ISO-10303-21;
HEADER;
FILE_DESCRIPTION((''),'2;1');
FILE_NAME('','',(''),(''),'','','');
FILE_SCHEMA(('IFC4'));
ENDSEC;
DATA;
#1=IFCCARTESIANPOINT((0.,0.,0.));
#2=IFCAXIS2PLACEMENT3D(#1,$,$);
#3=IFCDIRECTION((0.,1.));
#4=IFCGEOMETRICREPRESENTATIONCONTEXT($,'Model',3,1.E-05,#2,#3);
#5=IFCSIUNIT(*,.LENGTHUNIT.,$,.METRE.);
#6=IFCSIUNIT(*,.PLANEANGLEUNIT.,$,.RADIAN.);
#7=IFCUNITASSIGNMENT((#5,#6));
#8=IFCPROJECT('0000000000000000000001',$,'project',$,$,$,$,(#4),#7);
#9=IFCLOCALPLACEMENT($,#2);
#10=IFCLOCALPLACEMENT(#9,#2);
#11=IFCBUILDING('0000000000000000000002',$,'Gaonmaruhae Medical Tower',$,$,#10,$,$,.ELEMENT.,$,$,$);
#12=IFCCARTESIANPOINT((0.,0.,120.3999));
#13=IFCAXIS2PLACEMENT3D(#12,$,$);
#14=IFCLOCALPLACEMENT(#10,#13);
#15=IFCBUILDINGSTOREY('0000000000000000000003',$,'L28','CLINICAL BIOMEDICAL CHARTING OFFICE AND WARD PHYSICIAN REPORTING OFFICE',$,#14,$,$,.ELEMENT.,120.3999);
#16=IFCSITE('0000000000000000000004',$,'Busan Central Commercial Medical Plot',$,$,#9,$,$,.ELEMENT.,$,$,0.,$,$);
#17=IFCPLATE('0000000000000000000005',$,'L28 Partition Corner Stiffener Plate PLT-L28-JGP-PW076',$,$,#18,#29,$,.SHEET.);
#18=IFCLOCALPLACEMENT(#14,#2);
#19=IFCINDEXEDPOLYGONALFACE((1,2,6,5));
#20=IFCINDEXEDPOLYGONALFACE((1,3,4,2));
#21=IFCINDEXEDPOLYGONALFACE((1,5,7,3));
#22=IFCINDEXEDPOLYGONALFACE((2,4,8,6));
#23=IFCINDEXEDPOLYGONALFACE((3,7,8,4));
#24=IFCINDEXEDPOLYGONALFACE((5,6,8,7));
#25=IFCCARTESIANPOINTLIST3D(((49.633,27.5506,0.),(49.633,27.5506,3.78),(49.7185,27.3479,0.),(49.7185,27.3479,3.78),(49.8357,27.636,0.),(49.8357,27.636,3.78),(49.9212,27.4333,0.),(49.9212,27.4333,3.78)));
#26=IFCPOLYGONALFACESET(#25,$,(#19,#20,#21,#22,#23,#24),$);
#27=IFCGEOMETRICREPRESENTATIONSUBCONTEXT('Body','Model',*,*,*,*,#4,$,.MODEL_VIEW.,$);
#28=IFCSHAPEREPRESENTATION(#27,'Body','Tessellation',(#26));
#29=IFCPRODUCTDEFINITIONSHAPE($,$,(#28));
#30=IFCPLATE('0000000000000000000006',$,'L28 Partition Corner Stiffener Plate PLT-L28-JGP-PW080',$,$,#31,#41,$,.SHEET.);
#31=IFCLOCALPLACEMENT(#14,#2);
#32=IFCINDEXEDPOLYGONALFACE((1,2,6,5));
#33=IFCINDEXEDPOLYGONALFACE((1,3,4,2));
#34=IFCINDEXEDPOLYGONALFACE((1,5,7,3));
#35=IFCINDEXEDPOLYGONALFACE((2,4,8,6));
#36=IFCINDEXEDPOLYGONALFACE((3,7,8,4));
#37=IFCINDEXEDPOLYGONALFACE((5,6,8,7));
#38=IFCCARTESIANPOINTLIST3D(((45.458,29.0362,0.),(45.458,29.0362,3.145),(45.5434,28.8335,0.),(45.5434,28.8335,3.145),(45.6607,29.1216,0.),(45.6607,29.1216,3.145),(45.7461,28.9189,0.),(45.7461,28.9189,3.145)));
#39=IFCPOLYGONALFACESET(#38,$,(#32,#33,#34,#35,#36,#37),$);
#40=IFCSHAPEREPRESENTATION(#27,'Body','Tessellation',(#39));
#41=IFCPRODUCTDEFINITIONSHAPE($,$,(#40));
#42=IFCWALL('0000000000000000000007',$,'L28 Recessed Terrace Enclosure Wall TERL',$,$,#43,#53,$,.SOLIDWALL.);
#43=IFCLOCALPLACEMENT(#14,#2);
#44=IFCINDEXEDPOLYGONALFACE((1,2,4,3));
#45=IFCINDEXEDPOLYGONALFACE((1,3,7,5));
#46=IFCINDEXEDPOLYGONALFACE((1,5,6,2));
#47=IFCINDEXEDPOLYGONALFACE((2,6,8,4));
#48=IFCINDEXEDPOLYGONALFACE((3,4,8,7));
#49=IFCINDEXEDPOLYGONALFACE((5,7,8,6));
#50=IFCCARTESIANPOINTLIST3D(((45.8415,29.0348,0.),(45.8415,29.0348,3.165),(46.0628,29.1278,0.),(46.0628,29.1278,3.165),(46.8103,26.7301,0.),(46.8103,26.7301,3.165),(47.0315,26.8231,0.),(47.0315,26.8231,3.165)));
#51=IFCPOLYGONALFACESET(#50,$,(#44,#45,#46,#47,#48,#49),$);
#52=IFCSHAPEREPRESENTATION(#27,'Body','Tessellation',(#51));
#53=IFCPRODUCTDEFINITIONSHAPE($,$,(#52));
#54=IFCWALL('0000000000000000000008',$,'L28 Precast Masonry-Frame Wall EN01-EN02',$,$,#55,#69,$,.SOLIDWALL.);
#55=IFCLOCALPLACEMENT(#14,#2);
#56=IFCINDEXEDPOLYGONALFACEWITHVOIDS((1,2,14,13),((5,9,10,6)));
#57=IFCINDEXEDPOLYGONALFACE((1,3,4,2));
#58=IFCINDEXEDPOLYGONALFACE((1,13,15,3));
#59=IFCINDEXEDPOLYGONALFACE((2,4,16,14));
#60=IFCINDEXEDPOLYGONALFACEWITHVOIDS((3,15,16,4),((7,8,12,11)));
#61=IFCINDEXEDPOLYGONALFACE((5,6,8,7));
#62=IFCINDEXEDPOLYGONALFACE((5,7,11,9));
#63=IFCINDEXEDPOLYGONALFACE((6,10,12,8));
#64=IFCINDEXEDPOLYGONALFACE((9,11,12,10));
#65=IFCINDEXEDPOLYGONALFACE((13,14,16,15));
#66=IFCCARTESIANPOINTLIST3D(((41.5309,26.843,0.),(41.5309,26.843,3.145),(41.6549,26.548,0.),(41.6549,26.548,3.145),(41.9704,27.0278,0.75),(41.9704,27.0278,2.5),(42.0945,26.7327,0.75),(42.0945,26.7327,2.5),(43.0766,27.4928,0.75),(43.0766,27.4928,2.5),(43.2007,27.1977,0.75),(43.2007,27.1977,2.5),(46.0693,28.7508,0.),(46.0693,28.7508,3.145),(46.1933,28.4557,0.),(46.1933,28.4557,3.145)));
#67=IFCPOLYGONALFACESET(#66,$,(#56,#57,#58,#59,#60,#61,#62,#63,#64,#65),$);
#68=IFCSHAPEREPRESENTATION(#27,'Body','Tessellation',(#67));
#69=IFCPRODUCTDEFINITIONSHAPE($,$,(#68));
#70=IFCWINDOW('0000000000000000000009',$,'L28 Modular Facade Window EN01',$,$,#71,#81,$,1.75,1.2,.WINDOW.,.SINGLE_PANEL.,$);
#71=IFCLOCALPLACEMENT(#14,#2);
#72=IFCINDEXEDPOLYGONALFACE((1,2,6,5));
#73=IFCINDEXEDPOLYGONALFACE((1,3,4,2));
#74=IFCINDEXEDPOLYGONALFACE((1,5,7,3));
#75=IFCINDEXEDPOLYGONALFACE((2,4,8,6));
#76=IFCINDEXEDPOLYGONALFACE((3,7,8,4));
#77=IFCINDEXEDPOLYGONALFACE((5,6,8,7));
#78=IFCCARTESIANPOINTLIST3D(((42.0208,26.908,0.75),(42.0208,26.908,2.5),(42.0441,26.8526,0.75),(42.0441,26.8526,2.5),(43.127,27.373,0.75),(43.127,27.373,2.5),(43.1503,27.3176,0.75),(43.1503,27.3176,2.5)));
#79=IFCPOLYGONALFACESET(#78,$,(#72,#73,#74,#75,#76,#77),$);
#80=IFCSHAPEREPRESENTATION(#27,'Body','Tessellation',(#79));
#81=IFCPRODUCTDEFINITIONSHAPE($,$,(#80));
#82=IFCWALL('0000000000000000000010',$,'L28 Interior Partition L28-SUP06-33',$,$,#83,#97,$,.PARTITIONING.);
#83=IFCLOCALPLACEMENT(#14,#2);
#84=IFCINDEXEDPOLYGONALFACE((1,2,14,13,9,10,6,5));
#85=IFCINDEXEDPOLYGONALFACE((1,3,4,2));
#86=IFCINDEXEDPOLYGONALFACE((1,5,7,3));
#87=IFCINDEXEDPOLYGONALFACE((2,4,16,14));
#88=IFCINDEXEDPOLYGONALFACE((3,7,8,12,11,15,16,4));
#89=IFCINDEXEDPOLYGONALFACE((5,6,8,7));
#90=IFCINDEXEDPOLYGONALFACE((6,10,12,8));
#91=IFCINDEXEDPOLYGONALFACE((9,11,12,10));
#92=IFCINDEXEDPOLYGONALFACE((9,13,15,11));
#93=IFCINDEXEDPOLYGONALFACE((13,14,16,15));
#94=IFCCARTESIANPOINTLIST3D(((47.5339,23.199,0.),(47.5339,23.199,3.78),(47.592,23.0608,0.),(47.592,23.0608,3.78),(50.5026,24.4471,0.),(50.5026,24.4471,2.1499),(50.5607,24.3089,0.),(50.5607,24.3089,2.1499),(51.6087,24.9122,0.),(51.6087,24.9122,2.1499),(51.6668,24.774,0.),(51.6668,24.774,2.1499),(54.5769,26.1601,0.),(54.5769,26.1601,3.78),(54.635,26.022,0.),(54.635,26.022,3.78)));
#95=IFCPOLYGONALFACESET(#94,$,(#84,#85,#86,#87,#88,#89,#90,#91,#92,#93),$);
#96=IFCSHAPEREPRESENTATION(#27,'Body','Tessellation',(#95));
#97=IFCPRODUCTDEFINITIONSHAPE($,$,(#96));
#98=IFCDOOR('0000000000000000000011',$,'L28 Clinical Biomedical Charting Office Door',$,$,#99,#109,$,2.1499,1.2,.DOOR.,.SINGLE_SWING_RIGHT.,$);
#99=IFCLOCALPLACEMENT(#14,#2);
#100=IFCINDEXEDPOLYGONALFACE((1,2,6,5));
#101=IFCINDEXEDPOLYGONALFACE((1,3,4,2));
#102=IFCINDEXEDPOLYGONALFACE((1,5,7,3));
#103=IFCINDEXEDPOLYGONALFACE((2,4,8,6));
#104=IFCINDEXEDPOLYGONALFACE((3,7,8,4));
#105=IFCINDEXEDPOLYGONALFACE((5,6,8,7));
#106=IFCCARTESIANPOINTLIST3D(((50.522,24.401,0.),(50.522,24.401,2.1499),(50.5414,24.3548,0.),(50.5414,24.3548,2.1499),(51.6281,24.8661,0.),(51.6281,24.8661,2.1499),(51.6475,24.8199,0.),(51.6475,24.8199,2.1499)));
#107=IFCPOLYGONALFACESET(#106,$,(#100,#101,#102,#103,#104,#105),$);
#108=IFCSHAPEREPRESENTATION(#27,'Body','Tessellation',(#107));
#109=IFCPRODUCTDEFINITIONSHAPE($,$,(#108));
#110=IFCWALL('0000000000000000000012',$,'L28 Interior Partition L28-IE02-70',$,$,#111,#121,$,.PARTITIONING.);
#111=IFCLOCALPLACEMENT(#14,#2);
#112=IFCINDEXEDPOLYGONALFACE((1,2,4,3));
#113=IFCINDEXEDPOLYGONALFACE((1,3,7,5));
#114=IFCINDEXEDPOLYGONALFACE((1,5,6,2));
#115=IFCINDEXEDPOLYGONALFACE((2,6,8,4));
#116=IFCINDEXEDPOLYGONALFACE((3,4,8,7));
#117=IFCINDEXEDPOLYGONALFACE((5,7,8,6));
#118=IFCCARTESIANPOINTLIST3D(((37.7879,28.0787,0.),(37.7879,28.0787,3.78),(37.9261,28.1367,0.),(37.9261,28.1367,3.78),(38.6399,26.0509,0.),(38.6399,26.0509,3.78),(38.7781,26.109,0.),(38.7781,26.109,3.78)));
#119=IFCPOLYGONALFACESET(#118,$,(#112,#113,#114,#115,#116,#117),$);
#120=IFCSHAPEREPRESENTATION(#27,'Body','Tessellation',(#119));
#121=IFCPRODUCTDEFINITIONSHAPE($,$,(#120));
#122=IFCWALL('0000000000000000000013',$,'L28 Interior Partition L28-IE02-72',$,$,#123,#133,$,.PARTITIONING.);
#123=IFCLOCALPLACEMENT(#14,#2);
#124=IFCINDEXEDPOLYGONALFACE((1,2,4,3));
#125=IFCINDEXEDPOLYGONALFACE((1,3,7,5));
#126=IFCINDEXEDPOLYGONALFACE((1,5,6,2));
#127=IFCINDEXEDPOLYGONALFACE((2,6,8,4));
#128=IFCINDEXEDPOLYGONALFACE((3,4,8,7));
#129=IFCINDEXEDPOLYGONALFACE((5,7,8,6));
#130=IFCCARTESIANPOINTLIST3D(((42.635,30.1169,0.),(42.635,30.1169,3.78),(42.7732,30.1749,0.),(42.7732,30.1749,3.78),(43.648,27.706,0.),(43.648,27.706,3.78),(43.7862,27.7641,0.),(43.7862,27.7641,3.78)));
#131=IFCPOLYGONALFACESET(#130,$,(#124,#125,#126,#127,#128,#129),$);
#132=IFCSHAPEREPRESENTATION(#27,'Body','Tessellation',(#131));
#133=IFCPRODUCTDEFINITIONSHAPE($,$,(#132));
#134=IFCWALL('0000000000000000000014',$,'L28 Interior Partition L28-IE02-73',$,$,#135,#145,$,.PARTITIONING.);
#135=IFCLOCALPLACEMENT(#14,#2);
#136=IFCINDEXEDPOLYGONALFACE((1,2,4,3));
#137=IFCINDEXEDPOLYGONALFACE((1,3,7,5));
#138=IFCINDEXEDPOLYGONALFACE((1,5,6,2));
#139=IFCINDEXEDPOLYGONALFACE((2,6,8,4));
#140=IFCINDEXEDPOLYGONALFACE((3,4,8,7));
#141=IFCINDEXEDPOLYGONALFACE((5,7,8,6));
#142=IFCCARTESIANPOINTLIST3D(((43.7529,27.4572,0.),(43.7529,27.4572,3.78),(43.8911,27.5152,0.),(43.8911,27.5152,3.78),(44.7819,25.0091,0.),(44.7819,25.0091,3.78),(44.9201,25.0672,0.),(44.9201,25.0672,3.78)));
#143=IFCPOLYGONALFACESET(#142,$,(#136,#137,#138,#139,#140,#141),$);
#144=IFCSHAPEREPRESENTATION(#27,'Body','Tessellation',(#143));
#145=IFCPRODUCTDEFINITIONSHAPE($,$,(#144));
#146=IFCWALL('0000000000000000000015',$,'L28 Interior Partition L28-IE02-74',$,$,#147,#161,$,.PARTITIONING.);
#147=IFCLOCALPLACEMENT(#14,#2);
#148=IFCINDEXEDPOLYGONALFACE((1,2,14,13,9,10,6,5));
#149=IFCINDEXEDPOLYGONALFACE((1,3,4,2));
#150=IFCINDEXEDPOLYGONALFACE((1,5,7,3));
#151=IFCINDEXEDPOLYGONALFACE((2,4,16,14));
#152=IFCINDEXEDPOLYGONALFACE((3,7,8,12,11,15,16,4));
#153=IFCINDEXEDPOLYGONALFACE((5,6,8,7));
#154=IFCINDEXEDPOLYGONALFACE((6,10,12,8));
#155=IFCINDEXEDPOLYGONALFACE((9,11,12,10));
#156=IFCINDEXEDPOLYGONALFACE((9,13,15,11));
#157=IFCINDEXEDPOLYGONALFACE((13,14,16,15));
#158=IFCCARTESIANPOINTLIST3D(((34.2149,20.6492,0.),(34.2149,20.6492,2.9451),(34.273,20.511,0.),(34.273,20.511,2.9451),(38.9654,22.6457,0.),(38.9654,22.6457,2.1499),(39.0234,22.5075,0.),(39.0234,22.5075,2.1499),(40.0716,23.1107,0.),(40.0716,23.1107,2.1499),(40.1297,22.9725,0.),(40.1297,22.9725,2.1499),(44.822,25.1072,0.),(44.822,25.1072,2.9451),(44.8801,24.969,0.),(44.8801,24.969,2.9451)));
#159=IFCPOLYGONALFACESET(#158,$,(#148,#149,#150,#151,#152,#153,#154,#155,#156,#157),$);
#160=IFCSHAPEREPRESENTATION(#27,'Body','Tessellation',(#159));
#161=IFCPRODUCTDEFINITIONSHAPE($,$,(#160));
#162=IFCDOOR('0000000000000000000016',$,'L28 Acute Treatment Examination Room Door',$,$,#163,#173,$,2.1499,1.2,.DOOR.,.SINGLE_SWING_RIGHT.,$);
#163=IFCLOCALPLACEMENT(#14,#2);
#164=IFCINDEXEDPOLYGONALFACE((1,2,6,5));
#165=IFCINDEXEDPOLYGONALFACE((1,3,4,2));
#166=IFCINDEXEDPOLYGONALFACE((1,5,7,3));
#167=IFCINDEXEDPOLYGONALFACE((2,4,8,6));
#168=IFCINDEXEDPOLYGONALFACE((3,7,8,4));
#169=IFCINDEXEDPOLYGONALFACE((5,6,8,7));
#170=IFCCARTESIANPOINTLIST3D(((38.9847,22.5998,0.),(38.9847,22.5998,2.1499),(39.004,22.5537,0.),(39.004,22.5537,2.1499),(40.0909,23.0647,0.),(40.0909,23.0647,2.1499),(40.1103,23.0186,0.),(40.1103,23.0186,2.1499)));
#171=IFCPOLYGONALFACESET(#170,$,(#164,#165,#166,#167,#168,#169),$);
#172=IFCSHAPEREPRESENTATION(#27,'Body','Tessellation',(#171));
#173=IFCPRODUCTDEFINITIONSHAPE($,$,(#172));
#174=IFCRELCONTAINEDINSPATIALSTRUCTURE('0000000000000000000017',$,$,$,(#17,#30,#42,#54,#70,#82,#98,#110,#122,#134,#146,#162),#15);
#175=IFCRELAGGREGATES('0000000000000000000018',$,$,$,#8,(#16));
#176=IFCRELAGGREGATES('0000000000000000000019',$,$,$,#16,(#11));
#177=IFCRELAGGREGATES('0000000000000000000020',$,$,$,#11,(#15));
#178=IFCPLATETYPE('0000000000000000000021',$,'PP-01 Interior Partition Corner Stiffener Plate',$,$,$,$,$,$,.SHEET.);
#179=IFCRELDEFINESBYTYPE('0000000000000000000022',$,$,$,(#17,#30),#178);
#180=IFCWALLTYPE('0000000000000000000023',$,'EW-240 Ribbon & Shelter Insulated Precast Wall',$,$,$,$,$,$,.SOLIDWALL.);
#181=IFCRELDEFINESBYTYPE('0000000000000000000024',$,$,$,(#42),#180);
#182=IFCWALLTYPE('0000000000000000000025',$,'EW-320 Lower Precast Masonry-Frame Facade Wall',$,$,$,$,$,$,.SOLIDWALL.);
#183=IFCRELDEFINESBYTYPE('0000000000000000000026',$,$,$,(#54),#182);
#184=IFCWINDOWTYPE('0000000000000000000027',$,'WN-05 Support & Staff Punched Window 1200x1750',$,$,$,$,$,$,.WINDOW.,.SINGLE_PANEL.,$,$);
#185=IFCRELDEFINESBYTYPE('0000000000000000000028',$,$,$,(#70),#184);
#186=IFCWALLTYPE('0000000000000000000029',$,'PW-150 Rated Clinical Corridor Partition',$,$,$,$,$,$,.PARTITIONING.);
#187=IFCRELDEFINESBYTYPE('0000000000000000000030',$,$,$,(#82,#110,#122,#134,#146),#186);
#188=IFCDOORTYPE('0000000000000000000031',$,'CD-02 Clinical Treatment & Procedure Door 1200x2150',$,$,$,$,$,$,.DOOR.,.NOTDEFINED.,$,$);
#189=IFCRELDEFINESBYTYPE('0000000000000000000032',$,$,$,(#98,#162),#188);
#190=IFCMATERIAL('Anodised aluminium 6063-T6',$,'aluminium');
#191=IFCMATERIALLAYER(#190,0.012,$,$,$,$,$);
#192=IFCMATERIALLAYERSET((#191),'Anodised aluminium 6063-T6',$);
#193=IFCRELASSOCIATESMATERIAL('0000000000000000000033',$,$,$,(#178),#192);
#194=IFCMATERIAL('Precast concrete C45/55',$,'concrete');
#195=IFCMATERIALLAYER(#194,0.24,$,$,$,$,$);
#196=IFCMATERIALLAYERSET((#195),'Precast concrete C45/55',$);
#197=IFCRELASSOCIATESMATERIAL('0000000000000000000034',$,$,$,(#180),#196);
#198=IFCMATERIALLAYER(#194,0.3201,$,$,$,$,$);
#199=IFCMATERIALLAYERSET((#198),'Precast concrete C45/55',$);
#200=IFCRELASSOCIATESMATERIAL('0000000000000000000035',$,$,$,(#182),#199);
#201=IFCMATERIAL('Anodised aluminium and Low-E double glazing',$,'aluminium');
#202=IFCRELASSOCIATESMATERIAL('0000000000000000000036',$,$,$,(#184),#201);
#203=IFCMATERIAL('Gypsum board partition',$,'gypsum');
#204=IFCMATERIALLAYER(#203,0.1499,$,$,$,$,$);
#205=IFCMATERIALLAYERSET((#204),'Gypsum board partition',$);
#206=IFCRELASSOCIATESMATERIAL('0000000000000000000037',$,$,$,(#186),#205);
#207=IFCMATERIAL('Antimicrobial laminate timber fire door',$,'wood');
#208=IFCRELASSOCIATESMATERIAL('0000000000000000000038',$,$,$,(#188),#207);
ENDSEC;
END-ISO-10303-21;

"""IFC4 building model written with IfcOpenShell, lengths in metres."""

from ifc_helpers import new_model, si_unit, direction, frame, frame_2d, origin, origin_2d, place, context, subcontext, project, spatial, rectangle, extrude, material, layer, layer_set, type_object, element, fill, save


model = new_model("IFC4")

# Units and contexts
model_context = context("Model", 3, precision=1e-05, world=origin(), true_north=direction((0.0, 1.0)))
body_context = subcontext(model_context, "Body", "Model", "MODEL_VIEW")
ifc_project = project(units=[si_unit("LENGTHUNIT", "METRE"), si_unit("PLANEANGLEUNIT", "RADIAN")], contexts=[model_context])

# Site, building, storey
site_placement = place(None, origin())
site = spatial("IfcSite", under=ifc_project, at=site_placement, Name="Busan Central Commercial Medical Plot", CompositionType="ELEMENT", RefElevation=0.0)
building_placement = place(site_placement, origin())
building = spatial("IfcBuilding", under=site, at=building_placement, Name="Gaonmaruhae Medical Tower", CompositionType="ELEMENT")
storey_placement = place(building_placement, frame((0.0, 0.0, 120.3999)))
storey = spatial("IfcBuildingStorey", under=building, at=storey_placement, Name="L28", Description="CLINICAL BIOMEDICAL CHARTING OFFICE AND WARD PHYSICIAN REPORTING OFFICE", CompositionType="ELEMENT", Elevation=120.3999)

# Plates
ifc_material_1 = material(Name="Anodised aluminium 6063-T6", Category="aluminium")
ifc_layer_1 = layer(ifc_material_1, 0.012)
ifc_layer_set_1 = layer_set([ifc_layer_1], Name="Anodised aluminium 6063-T6")
plate_type = type_object("IfcPlateType", Name="PP-01 Interior Partition Corner Stiffener Plate", PredefinedType="SHEET", material=ifc_layer_set_1)
plate_1_placement = place(storey_placement, frame((49.7771, 27.4919, 0.0), z_axis=(0.0, 0.0, 1.0), x_axis=(0.388432, -0.921477, 0.0)))
element("IfcPlate", 1, at=plate_1_placement, inside=storey, type_object=plate_type, Name="L28 Partition Corner Stiffener Plate PLT-L28-JGP-PW076", PredefinedType="SHEET", context=body_context, shape_type="SweptSolid", body=[
    extrude(rectangle(XDim=0.22, YDim=0.22, at=origin_2d()), origin(), (0.0, 0.0, 1.0), 3.78),
])
plate_2_placement = place(storey_placement, frame((45.6021, 28.9775, 0.0), z_axis=(0.0, 0.0, 1.0), x_axis=(0.921464, 0.388465, 0.0)))
element("IfcPlate", 2, at=plate_2_placement, inside=storey, type_object=plate_type, Name="L28 Partition Corner Stiffener Plate PLT-L28-JGP-PW080", PredefinedType="SHEET", context=body_context, shape_type="SweptSolid", body=[
    extrude(rectangle(XDim=0.22, YDim=0.22, at=origin_2d()), origin(), (0.0, 0.0, 1.0), 3.145),
])

# Shared definitions
ifc_material_2 = material(Name="Precast concrete C45/55", Category="concrete")
ifc_layer_2 = layer(ifc_material_2, 0.24)
ifc_layer_set_2 = layer_set([ifc_layer_2], Name="Precast concrete C45/55")
wall_type_1 = type_object("IfcWallType", Name="EW-240 Ribbon & Shelter Insulated Precast Wall", PredefinedType="SOLIDWALL", material=ifc_layer_set_2)

# Wall
wall_1_placement = place(storey_placement, frame((45.9521, 29.0813, 0.0), z_axis=(0.0, 0.0, 1.0), x_axis=(0.387498, -0.92187, 0.0)))
element("IfcWall", 3, at=wall_1_placement, inside=storey, type_object=wall_type_1, Name="L28 Recessed Terrace Enclosure Wall TERL", PredefinedType="SOLIDWALL", context=body_context, shape_type="SweptSolid", body=[
    extrude(rectangle(XDim=2.5, YDim=0.24, at=frame_2d((1.25, 0.0))), origin(), (0.0, 0.0, 1.0), 3.165),
])

# Wall, opening, window
ifc_layer_3 = layer(ifc_material_2, 0.3201)
ifc_layer_set_3 = layer_set([ifc_layer_3], Name="Precast concrete C45/55")
wall_type_2 = type_object("IfcWallType", Name="EW-320 Lower Precast Masonry-Frame Facade Wall", PredefinedType="SOLIDWALL", material=ifc_layer_set_3)
wall_2_placement = place(storey_placement, frame((41.593, 26.6956, 0.0), z_axis=(0.0, 0.0, 1.0), x_axis=(0.921865, 0.387512, 0.0)))
wall_2 = element("IfcWall", 4, at=wall_2_placement, inside=storey, type_object=wall_type_2, Name="L28 Precast Masonry-Frame Wall EN01-EN02", PredefinedType="SOLIDWALL", context=body_context, shape_type="SweptSolid", body=[
    extrude(rectangle(XDim=4.9231, YDim=0.3201, at=frame_2d((2.4614, 0.0))), origin(), (0.0, 0.0, 1.0), 3.145),
])
opening_1_placement = place(wall_2_placement, frame((0.4766, 0.0, 0.75)))
opening_1 = element("IfcOpeningElement", 5, at=opening_1_placement, cuts=wall_2, PredefinedType="OPENING", context=body_context, shape_type="SweptSolid", body=[
    extrude(rectangle(XDim=1.2, YDim=1.75, at=frame_2d((0.6001, 0.875))), frame((0.0, 0.1699, 0.0), z_axis=(0.0, -1.0, 0.0), x_axis=(1.0, 0.0, 0.0)), (0.0, 0.0, 1.0), 0.3401),
])
ifc_material_3 = material(Name="Anodised aluminium and Low-E double glazing", Category="aluminium")
window_type = type_object("IfcWindowType", Name="WN-05 Support & Staff Punched Window 1200x1750", PartitioningType="SINGLE_PANEL", PredefinedType="WINDOW", material=ifc_material_3)
window_placement = place(opening_1_placement, origin())
window = element("IfcWindow", 6, at=window_placement, inside=storey, type_object=window_type, Name="L28 Modular Facade Window EN01", OverallHeight=1.75, OverallWidth=1.2, PartitioningType="SINGLE_PANEL", PredefinedType="WINDOW", context=body_context, shape_type="SweptSolid", body=[
    extrude(rectangle(XDim=1.2, YDim=1.75, at=frame_2d((0.6001, 0.875))), frame((0.0, 0.03, 0.0), z_axis=(0.0, -1.0, 0.0), x_axis=(1.0, 0.0, 0.0)), (0.0, 0.0, 1.0), 0.0601),
])
fill(opening_1, window)

# Wall, opening, door
ifc_material_4 = material(Name="Gypsum board partition", Category="gypsum")
ifc_layer_4 = layer(ifc_material_4, 0.1499)
ifc_layer_set_4 = layer_set([ifc_layer_4], Name="Gypsum board partition")
wall_type_3 = type_object("IfcWallType", Name="PW-150 Rated Clinical Corridor Partition", PredefinedType="PARTITIONING", material=ifc_layer_set_4)
wall_3_placement = place(storey_placement, frame((47.563, 23.1299, 0.0), z_axis=(0.0, 0.0, 1.0), x_axis=(0.921836, 0.387581, 0.0)))
wall_3 = element("IfcWall", 7, at=wall_3_placement, inside=storey, type_object=wall_type_3, Name="L28 Interior Partition L28-SUP06-33", PredefinedType="PARTITIONING", context=body_context, shape_type="SweptSolid", body=[
    extrude(rectangle(XDim=7.6401, YDim=0.1499, at=frame_2d((3.8201, 0.0))), origin(), (0.0, 0.0, 1.0), 3.78),
])
opening_2_placement = place(wall_3_placement, frame((3.2202, 0.0, 0.0)))
opening_2 = element("IfcOpeningElement", 8, at=opening_2_placement, cuts=wall_3, PredefinedType="OPENING", context=body_context, shape_type="SweptSolid", body=[
    extrude(rectangle(XDim=1.2, YDim=2.1499, at=frame_2d((0.6001, 1.075))), frame((0.0, 0.085, 0.0), z_axis=(0.0, -1.0, 0.0), x_axis=(1.0, 0.0, 0.0)), (0.0, 0.0, 1.0), 0.1699),
])
ifc_material_5 = material(Name="Antimicrobial laminate timber fire door", Category="wood")
door_type_1 = type_object("IfcDoorType", Name="CD-02 Clinical Treatment & Procedure Door 1200x2150", OperationType="NOTDEFINED", PredefinedType="DOOR", material=ifc_material_5)
door_1_placement = place(opening_2_placement, origin())
door_1 = element("IfcDoor", 9, at=door_1_placement, inside=storey, type_object=door_type_1, Name="L28 Clinical Biomedical Charting Office Door", OperationType="SINGLE_SWING_RIGHT", OverallHeight=2.1499, OverallWidth=1.2, PredefinedType="DOOR", context=body_context, shape_type="SweptSolid", body=[
    extrude(rectangle(XDim=1.2, YDim=2.1499, at=frame_2d((0.6001, 1.075))), frame((0.0, 0.0249, 0.0), z_axis=(0.0, -1.0, 0.0), x_axis=(1.0, 0.0, 0.0)), (0.0, 0.0, 1.0), 0.05),
])
fill(opening_2, door_1)

# Walls
wall_4_placement = place(storey_placement, frame((38.709, 26.0801, 0.0), z_axis=(0.0, 0.0, 1.0), x_axis=(-0.387372, 0.921923, 0.0)))
element("IfcWall", 10, at=wall_4_placement, inside=storey, type_object=wall_type_3, Name="L28 Interior Partition L28-IE02-70", PredefinedType="PARTITIONING", context=body_context, shape_type="SweptSolid", body=[
    extrude(rectangle(XDim=2.1995, YDim=0.1499, at=frame_2d((1.0996, 0.0))), origin(), (0.0, 0.0, 1.0), 3.78),
])
wall_5_placement = place(storey_placement, frame((42.7041, 30.146, 0.0), z_axis=(0.0, 0.0, 1.0), x_axis=(0.387352, -0.921932, 0.0)))
element("IfcWall", 11, at=wall_5_placement, inside=storey, type_object=wall_type_3, Name="L28 Interior Partition L28-IE02-72", PredefinedType="PARTITIONING", context=body_context, shape_type="SweptSolid", body=[
    extrude(rectangle(XDim=2.615, YDim=0.1499, at=frame_2d((1.3076, 0.0))), origin(), (0.0, 0.0, 1.0), 3.78),
])
wall_6_placement = place(storey_placement, frame((43.822, 27.4861, 0.0), z_axis=(0.0, 0.0, 1.0), x_axis=(0.387519, -0.921862, 0.0)))
element("IfcWall", 12, at=wall_6_placement, inside=storey, type_object=wall_type_3, Name="L28 Interior Partition L28-IE02-73", PredefinedType="PARTITIONING", context=body_context, shape_type="SweptSolid", body=[
    extrude(rectangle(XDim=2.6555, YDim=0.1499, at=frame_2d((1.3276, 0.0))), origin(), (0.0, 0.0, 1.0), 3.78),
])

# Wall, opening, door
wall_7_placement = place(storey_placement, frame((44.8511, 25.0381, 0.0), z_axis=(0.0, 0.0, 1.0), x_axis=(-0.921889, -0.387454, 0.0)))
wall_7 = element("IfcWall", 13, at=wall_7_placement, inside=storey, type_object=wall_type_3, Name="L28 Interior Partition L28-IE02-74", PredefinedType="PARTITIONING", context=body_context, shape_type="SweptSolid", body=[
    extrude(rectangle(XDim=11.5059, YDim=0.1499, at=frame_2d((5.7529, 0.0))), origin(), (0.0, 0.0, 1.0), 2.9451),
])
opening_3_placement = place(wall_7_placement, frame((5.1528, 0.0, 0.0)))
opening_3 = element("IfcOpeningElement", 14, at=opening_3_placement, cuts=wall_7, PredefinedType="OPENING", context=body_context, shape_type="SweptSolid", body=[
    extrude(rectangle(XDim=1.2, YDim=2.1499, at=frame_2d((0.6001, 1.075))), frame((0.0, 0.085, 0.0), z_axis=(0.0, -1.0, 0.0), x_axis=(1.0, 0.0, 0.0)), (0.0, 0.0, 1.0), 0.1699),
])
door_2_placement = place(opening_3_placement, origin())
door_2 = element("IfcDoor", 15, at=door_2_placement, inside=storey, type_object=door_type_1, Name="L28 Acute Treatment Examination Room Door", OperationType="SINGLE_SWING_RIGHT", OverallHeight=2.1499, OverallWidth=1.2, PredefinedType="DOOR", context=body_context, shape_type="SweptSolid", body=[
    extrude(rectangle(XDim=1.2, YDim=2.1499, at=frame_2d((0.6001, 1.075))), frame((0.0, 0.0249, 0.0), z_axis=(0.0, -1.0, 0.0), x_axis=(1.0, 0.0, 0.0)), (0.0, 0.0, 1.0), 0.05),
])
fill(opening_3, door_2)

save(model, "model.ifc")
